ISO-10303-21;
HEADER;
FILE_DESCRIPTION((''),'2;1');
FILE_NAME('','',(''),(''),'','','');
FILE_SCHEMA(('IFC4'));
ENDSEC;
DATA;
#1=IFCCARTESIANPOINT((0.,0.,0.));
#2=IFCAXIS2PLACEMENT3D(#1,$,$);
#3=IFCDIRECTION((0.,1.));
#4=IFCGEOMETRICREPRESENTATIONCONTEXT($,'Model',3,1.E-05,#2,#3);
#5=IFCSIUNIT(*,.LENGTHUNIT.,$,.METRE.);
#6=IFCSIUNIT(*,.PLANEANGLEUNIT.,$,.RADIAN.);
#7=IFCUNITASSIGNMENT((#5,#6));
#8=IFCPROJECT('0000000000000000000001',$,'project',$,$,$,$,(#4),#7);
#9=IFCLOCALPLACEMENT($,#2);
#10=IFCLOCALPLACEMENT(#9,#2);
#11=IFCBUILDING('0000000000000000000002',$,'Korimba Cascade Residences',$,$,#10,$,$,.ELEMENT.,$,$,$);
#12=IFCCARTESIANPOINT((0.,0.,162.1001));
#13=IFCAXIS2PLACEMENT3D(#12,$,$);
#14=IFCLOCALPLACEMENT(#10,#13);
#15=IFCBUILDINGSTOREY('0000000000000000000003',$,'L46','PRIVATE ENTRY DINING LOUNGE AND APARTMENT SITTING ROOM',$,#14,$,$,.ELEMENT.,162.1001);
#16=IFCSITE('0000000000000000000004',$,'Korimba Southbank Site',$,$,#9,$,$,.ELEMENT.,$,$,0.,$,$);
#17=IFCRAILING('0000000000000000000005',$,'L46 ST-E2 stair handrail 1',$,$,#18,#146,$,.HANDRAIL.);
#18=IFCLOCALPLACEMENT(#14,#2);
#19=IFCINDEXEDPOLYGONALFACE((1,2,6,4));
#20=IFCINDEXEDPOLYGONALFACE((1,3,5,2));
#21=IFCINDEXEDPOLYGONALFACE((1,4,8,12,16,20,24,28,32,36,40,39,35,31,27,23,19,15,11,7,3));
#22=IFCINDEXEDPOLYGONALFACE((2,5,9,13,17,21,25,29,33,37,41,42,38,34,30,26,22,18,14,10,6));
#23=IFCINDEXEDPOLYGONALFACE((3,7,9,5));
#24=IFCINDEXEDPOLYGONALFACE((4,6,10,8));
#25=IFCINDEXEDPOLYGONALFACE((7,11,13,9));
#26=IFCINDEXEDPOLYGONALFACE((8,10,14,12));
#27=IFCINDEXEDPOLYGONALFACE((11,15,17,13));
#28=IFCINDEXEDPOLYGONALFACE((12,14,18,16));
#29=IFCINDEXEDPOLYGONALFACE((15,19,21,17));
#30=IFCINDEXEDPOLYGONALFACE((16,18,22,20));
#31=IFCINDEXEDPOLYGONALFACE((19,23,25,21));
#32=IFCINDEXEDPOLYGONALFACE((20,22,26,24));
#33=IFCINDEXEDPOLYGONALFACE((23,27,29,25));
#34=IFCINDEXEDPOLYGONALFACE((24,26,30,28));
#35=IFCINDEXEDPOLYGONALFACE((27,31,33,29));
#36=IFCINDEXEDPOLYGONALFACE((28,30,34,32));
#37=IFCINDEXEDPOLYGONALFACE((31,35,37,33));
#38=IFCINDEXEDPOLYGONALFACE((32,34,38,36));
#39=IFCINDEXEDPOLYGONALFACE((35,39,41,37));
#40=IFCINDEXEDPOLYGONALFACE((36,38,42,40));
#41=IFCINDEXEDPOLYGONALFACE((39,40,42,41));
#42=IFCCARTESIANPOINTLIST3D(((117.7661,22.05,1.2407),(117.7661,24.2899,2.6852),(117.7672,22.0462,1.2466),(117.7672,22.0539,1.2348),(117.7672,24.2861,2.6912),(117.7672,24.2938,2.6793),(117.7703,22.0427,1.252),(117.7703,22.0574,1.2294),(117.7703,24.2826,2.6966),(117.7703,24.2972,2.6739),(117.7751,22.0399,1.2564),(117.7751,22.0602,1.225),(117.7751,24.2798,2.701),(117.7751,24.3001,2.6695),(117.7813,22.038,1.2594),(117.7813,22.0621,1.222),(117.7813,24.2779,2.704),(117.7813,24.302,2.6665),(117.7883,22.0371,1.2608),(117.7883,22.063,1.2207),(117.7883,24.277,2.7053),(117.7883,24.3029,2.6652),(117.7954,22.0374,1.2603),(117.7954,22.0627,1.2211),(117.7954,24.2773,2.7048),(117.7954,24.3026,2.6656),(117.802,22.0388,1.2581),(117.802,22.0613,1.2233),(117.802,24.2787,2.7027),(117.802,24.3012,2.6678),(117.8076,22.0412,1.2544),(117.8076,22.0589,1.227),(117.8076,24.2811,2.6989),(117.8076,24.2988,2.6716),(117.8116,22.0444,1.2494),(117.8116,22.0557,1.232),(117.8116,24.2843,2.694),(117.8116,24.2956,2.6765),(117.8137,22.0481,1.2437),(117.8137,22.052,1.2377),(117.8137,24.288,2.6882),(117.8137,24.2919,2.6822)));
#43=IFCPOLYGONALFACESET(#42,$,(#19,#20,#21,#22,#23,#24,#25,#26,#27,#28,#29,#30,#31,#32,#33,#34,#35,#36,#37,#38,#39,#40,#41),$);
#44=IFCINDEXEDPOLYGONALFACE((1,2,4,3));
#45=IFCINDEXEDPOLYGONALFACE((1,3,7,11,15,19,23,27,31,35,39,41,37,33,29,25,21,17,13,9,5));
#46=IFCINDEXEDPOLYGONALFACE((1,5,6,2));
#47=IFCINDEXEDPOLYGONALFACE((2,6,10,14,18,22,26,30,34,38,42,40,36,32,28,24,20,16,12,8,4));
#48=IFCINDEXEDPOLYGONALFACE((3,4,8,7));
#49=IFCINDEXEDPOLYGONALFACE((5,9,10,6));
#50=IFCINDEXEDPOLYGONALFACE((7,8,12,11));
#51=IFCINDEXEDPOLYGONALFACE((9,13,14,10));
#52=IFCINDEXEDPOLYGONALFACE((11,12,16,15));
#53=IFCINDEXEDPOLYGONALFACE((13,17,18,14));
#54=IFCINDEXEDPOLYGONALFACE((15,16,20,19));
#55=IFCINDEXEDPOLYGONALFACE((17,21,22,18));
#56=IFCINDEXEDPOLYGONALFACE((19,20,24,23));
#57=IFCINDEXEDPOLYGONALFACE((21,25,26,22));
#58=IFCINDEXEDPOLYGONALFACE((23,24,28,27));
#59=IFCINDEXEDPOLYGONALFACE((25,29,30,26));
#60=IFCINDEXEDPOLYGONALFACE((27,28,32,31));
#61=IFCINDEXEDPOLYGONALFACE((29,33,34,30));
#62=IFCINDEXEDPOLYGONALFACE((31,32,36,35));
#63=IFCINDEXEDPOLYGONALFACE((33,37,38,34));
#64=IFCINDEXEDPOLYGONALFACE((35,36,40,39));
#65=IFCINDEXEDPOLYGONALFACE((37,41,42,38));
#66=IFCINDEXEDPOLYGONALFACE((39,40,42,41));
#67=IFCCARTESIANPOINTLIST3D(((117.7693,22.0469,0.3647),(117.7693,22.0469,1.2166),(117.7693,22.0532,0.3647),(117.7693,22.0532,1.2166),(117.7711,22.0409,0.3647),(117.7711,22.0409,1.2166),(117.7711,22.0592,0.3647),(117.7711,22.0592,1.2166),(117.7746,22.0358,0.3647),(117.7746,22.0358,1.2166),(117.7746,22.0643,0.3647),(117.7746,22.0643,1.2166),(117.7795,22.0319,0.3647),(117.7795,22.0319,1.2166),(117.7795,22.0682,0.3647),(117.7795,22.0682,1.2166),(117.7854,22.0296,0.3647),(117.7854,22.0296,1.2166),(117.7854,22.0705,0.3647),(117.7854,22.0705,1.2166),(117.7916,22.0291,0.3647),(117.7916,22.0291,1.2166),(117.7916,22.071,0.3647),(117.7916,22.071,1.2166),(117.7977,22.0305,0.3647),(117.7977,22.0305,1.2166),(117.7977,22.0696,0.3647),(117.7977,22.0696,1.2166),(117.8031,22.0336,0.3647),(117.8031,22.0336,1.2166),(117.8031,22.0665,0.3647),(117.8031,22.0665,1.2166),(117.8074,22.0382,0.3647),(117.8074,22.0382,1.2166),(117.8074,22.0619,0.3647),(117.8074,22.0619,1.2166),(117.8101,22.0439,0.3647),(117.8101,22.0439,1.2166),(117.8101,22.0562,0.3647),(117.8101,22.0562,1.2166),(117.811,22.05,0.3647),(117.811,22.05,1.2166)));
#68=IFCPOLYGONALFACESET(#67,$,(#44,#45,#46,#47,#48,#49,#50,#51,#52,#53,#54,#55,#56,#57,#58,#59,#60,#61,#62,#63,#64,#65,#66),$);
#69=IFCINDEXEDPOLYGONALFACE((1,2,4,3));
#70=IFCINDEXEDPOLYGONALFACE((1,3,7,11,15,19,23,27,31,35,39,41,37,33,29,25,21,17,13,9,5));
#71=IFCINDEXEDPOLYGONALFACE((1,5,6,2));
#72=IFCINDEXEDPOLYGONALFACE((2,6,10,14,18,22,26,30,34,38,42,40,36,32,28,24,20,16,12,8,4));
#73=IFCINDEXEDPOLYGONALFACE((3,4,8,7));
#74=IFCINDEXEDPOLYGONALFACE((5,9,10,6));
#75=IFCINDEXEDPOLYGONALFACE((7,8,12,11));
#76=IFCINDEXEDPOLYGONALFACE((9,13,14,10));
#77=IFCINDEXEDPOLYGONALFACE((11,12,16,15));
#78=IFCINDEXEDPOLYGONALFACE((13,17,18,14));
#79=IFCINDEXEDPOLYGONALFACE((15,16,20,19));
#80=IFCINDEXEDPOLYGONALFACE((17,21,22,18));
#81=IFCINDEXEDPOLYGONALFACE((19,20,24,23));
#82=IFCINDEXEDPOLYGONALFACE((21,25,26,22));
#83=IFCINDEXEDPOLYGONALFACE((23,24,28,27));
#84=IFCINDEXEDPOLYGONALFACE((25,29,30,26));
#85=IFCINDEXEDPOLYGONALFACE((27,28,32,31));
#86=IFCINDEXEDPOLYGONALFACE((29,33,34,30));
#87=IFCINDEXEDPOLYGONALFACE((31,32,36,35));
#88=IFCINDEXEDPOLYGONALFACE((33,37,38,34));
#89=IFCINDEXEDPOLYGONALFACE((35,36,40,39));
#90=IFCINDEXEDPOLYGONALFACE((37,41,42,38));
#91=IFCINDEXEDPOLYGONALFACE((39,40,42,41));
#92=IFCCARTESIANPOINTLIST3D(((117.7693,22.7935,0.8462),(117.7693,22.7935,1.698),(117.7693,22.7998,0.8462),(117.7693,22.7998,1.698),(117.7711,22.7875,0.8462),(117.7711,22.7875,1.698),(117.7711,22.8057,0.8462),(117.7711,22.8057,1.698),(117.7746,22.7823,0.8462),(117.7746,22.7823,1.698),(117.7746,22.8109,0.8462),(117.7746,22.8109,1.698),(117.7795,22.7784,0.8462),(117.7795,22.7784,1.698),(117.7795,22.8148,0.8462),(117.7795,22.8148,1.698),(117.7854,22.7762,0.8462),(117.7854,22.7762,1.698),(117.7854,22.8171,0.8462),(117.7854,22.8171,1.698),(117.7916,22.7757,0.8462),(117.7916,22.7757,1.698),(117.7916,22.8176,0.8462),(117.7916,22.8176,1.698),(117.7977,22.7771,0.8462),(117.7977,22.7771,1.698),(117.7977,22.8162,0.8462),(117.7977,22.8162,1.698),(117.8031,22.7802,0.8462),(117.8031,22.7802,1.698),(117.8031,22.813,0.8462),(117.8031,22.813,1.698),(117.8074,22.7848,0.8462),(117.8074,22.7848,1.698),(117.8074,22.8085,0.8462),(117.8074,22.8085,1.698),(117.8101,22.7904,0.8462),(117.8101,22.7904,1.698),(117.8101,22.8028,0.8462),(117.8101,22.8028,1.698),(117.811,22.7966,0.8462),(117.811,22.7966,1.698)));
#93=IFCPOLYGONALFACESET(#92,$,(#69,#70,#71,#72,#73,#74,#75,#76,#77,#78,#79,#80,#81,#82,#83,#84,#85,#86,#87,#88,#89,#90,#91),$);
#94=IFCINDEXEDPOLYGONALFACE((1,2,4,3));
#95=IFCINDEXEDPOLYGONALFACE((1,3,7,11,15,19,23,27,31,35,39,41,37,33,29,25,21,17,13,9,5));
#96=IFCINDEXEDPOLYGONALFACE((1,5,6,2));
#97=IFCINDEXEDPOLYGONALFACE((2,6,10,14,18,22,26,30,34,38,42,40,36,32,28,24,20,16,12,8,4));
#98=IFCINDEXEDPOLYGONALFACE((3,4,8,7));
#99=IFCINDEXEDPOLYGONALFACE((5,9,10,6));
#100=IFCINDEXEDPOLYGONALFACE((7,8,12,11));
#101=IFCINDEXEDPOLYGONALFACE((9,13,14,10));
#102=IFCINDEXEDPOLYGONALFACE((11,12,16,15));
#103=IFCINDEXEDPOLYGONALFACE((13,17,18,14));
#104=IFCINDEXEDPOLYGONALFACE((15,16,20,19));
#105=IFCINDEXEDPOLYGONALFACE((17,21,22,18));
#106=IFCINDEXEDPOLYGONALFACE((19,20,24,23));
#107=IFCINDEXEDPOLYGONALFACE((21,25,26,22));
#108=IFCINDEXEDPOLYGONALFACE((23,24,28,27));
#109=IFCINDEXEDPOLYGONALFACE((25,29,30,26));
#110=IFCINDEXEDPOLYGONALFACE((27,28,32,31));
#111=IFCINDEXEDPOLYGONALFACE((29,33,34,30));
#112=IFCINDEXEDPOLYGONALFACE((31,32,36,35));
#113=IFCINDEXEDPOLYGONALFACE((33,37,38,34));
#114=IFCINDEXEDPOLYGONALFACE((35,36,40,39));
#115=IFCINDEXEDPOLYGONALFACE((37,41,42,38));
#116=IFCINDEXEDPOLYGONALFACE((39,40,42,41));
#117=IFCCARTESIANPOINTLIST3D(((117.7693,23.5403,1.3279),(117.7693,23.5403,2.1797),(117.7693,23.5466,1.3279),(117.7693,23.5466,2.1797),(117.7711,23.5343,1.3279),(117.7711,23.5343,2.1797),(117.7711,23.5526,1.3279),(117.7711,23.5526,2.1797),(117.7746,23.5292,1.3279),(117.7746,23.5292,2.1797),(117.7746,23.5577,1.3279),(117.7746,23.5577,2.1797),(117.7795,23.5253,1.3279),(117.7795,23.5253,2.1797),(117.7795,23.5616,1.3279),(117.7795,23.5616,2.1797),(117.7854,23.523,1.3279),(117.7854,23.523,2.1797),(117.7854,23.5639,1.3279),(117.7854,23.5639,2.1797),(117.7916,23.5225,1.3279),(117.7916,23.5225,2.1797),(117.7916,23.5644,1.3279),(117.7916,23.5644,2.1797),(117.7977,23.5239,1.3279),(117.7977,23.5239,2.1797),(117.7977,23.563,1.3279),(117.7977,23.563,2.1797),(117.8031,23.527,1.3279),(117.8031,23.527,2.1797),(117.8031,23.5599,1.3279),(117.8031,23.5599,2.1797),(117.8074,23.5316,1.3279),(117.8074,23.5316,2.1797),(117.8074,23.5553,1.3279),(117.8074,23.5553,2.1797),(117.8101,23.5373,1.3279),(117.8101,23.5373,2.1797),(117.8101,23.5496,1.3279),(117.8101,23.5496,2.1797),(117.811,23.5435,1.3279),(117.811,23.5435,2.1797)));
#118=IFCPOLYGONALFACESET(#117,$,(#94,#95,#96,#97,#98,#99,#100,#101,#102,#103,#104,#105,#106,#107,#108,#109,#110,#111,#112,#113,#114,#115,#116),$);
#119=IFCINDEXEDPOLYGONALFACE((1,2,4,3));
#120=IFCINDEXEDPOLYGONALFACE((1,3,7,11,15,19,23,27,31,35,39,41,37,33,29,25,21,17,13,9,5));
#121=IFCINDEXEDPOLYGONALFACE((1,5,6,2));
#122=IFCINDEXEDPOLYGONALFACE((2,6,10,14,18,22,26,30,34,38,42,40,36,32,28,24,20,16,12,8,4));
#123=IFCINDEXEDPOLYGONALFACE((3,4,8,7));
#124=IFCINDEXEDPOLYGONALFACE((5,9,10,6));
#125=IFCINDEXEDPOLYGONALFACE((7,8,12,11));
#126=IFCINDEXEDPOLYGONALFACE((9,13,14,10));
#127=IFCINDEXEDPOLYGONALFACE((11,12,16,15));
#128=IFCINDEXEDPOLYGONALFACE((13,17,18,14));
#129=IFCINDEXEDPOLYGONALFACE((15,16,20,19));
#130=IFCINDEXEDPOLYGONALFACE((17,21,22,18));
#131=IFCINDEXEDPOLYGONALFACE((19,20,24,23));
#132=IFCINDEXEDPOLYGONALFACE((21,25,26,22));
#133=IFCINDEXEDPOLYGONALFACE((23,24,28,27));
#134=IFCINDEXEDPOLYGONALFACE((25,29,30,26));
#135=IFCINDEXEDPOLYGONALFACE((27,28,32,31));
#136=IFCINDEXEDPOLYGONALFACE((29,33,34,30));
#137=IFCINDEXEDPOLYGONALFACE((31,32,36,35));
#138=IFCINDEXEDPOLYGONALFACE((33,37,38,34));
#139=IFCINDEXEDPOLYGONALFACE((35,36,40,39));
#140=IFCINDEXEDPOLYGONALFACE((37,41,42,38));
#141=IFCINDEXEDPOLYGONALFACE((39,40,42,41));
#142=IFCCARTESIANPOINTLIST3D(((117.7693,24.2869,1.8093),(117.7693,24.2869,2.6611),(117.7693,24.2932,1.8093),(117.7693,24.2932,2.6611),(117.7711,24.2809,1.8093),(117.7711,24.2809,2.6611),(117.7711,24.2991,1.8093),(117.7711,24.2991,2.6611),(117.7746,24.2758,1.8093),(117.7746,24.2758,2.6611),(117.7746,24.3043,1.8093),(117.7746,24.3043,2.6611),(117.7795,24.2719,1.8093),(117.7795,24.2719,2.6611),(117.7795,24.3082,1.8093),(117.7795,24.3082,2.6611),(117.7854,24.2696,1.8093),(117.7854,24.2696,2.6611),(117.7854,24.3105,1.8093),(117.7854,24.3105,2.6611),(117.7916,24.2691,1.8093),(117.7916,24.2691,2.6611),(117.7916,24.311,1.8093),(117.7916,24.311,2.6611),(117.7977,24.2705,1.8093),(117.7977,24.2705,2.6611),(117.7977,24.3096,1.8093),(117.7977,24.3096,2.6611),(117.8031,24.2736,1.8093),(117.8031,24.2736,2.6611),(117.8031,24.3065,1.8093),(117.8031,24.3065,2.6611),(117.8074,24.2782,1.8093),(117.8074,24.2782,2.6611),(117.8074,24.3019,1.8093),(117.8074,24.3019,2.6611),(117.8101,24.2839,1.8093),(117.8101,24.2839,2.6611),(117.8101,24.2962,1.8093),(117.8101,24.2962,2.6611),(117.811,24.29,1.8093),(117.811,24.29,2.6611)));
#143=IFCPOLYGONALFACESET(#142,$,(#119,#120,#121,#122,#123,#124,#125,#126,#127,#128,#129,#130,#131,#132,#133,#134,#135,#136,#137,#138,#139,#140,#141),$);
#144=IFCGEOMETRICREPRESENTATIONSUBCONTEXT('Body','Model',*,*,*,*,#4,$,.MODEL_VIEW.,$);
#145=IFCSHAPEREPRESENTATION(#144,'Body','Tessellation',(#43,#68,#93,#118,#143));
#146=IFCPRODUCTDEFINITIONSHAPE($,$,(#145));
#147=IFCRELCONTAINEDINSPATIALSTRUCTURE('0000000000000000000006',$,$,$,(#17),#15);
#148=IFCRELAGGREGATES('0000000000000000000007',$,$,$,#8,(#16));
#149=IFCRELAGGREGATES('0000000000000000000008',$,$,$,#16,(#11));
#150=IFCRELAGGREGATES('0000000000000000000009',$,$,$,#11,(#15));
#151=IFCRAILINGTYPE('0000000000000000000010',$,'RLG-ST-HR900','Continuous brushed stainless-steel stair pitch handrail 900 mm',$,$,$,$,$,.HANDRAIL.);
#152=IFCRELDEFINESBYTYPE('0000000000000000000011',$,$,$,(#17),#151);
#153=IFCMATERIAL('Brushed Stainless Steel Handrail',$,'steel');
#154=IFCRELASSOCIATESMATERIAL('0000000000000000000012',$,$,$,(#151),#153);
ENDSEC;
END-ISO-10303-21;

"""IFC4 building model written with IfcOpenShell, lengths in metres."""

from ifc_helpers import new_model, si_unit, direction, frame, origin, origin_2d, place, context, subcontext, project, spatial, circle, extrude, material, type_object, element, save


model = new_model("IFC4")

# Units and contexts
model_context = context("Model", 3, precision=1e-05, world=origin(), true_north=direction((0.0, 1.0)))
body_context = subcontext(model_context, "Body", "Model", "MODEL_VIEW")
ifc_project = project(units=[si_unit("LENGTHUNIT", "METRE"), si_unit("PLANEANGLEUNIT", "RADIAN")], contexts=[model_context])

# Site, building, storey
site_placement = place(None, origin())
site = spatial("IfcSite", under=ifc_project, at=site_placement, Name="Korimba Southbank Site", CompositionType="ELEMENT", RefElevation=0.0)
building_placement = place(site_placement, origin())
building = spatial("IfcBuilding", under=site, at=building_placement, Name="Korimba Cascade Residences", CompositionType="ELEMENT")
storey_placement = place(building_placement, frame((0.0, 0.0, 162.1001)))
storey = spatial("IfcBuildingStorey", under=building, at=storey_placement, Name="L46", Description="PRIVATE ENTRY DINING LOUNGE AND APARTMENT SITTING ROOM", CompositionType="ELEMENT", Elevation=162.1001)

# Railing
ifc_material_1 = material(Name="Brushed Stainless Steel Handrail", Category="steel")
railing_type_1 = type_object("IfcRailingType", Name="RLG-ST-HR900", Description="Continuous brushed stainless-steel stair pitch handrail 900 mm", PredefinedType="HANDRAIL", material=ifc_material_1)
railing_1_placement = place(storey_placement, frame((117.79, 22.05, 0.3647)))
element("IfcRailing", 1, at=railing_1_placement, inside=storey, type_object=railing_type_1, Name="L46 ST-E2 stair handrail 1", PredefinedType="HANDRAIL", context=body_context, shape_type="SweptSolid", body=[
    extrude(circle(Radius=0.0239, at=origin_2d()), frame((0.0, 0.0, 0.876), z_axis=(0.0, 0.840395, 0.541975), x_axis=(-1.0, 0.0, 0.0)), (0.0, 0.0, 1.0), 2.6653),
    extrude(circle(Radius=0.021, at=origin_2d()), origin(), (0.0, 0.0, 1.0), 0.8518),
    extrude(circle(Radius=0.021, at=origin_2d()), frame((0.0, 0.7466, 0.4814)), (0.0, 0.0, 1.0), 0.8518),
    extrude(circle(Radius=0.021, at=origin_2d()), frame((0.0, 1.4934, 0.9631)), (0.0, 0.0, 1.0), 0.8518),
    extrude(circle(Radius=0.021, at=origin_2d()), frame((0.0, 2.24, 1.4446)), (0.0, 0.0, 1.0), 0.8518),
])

save(model, "model.ifc")
